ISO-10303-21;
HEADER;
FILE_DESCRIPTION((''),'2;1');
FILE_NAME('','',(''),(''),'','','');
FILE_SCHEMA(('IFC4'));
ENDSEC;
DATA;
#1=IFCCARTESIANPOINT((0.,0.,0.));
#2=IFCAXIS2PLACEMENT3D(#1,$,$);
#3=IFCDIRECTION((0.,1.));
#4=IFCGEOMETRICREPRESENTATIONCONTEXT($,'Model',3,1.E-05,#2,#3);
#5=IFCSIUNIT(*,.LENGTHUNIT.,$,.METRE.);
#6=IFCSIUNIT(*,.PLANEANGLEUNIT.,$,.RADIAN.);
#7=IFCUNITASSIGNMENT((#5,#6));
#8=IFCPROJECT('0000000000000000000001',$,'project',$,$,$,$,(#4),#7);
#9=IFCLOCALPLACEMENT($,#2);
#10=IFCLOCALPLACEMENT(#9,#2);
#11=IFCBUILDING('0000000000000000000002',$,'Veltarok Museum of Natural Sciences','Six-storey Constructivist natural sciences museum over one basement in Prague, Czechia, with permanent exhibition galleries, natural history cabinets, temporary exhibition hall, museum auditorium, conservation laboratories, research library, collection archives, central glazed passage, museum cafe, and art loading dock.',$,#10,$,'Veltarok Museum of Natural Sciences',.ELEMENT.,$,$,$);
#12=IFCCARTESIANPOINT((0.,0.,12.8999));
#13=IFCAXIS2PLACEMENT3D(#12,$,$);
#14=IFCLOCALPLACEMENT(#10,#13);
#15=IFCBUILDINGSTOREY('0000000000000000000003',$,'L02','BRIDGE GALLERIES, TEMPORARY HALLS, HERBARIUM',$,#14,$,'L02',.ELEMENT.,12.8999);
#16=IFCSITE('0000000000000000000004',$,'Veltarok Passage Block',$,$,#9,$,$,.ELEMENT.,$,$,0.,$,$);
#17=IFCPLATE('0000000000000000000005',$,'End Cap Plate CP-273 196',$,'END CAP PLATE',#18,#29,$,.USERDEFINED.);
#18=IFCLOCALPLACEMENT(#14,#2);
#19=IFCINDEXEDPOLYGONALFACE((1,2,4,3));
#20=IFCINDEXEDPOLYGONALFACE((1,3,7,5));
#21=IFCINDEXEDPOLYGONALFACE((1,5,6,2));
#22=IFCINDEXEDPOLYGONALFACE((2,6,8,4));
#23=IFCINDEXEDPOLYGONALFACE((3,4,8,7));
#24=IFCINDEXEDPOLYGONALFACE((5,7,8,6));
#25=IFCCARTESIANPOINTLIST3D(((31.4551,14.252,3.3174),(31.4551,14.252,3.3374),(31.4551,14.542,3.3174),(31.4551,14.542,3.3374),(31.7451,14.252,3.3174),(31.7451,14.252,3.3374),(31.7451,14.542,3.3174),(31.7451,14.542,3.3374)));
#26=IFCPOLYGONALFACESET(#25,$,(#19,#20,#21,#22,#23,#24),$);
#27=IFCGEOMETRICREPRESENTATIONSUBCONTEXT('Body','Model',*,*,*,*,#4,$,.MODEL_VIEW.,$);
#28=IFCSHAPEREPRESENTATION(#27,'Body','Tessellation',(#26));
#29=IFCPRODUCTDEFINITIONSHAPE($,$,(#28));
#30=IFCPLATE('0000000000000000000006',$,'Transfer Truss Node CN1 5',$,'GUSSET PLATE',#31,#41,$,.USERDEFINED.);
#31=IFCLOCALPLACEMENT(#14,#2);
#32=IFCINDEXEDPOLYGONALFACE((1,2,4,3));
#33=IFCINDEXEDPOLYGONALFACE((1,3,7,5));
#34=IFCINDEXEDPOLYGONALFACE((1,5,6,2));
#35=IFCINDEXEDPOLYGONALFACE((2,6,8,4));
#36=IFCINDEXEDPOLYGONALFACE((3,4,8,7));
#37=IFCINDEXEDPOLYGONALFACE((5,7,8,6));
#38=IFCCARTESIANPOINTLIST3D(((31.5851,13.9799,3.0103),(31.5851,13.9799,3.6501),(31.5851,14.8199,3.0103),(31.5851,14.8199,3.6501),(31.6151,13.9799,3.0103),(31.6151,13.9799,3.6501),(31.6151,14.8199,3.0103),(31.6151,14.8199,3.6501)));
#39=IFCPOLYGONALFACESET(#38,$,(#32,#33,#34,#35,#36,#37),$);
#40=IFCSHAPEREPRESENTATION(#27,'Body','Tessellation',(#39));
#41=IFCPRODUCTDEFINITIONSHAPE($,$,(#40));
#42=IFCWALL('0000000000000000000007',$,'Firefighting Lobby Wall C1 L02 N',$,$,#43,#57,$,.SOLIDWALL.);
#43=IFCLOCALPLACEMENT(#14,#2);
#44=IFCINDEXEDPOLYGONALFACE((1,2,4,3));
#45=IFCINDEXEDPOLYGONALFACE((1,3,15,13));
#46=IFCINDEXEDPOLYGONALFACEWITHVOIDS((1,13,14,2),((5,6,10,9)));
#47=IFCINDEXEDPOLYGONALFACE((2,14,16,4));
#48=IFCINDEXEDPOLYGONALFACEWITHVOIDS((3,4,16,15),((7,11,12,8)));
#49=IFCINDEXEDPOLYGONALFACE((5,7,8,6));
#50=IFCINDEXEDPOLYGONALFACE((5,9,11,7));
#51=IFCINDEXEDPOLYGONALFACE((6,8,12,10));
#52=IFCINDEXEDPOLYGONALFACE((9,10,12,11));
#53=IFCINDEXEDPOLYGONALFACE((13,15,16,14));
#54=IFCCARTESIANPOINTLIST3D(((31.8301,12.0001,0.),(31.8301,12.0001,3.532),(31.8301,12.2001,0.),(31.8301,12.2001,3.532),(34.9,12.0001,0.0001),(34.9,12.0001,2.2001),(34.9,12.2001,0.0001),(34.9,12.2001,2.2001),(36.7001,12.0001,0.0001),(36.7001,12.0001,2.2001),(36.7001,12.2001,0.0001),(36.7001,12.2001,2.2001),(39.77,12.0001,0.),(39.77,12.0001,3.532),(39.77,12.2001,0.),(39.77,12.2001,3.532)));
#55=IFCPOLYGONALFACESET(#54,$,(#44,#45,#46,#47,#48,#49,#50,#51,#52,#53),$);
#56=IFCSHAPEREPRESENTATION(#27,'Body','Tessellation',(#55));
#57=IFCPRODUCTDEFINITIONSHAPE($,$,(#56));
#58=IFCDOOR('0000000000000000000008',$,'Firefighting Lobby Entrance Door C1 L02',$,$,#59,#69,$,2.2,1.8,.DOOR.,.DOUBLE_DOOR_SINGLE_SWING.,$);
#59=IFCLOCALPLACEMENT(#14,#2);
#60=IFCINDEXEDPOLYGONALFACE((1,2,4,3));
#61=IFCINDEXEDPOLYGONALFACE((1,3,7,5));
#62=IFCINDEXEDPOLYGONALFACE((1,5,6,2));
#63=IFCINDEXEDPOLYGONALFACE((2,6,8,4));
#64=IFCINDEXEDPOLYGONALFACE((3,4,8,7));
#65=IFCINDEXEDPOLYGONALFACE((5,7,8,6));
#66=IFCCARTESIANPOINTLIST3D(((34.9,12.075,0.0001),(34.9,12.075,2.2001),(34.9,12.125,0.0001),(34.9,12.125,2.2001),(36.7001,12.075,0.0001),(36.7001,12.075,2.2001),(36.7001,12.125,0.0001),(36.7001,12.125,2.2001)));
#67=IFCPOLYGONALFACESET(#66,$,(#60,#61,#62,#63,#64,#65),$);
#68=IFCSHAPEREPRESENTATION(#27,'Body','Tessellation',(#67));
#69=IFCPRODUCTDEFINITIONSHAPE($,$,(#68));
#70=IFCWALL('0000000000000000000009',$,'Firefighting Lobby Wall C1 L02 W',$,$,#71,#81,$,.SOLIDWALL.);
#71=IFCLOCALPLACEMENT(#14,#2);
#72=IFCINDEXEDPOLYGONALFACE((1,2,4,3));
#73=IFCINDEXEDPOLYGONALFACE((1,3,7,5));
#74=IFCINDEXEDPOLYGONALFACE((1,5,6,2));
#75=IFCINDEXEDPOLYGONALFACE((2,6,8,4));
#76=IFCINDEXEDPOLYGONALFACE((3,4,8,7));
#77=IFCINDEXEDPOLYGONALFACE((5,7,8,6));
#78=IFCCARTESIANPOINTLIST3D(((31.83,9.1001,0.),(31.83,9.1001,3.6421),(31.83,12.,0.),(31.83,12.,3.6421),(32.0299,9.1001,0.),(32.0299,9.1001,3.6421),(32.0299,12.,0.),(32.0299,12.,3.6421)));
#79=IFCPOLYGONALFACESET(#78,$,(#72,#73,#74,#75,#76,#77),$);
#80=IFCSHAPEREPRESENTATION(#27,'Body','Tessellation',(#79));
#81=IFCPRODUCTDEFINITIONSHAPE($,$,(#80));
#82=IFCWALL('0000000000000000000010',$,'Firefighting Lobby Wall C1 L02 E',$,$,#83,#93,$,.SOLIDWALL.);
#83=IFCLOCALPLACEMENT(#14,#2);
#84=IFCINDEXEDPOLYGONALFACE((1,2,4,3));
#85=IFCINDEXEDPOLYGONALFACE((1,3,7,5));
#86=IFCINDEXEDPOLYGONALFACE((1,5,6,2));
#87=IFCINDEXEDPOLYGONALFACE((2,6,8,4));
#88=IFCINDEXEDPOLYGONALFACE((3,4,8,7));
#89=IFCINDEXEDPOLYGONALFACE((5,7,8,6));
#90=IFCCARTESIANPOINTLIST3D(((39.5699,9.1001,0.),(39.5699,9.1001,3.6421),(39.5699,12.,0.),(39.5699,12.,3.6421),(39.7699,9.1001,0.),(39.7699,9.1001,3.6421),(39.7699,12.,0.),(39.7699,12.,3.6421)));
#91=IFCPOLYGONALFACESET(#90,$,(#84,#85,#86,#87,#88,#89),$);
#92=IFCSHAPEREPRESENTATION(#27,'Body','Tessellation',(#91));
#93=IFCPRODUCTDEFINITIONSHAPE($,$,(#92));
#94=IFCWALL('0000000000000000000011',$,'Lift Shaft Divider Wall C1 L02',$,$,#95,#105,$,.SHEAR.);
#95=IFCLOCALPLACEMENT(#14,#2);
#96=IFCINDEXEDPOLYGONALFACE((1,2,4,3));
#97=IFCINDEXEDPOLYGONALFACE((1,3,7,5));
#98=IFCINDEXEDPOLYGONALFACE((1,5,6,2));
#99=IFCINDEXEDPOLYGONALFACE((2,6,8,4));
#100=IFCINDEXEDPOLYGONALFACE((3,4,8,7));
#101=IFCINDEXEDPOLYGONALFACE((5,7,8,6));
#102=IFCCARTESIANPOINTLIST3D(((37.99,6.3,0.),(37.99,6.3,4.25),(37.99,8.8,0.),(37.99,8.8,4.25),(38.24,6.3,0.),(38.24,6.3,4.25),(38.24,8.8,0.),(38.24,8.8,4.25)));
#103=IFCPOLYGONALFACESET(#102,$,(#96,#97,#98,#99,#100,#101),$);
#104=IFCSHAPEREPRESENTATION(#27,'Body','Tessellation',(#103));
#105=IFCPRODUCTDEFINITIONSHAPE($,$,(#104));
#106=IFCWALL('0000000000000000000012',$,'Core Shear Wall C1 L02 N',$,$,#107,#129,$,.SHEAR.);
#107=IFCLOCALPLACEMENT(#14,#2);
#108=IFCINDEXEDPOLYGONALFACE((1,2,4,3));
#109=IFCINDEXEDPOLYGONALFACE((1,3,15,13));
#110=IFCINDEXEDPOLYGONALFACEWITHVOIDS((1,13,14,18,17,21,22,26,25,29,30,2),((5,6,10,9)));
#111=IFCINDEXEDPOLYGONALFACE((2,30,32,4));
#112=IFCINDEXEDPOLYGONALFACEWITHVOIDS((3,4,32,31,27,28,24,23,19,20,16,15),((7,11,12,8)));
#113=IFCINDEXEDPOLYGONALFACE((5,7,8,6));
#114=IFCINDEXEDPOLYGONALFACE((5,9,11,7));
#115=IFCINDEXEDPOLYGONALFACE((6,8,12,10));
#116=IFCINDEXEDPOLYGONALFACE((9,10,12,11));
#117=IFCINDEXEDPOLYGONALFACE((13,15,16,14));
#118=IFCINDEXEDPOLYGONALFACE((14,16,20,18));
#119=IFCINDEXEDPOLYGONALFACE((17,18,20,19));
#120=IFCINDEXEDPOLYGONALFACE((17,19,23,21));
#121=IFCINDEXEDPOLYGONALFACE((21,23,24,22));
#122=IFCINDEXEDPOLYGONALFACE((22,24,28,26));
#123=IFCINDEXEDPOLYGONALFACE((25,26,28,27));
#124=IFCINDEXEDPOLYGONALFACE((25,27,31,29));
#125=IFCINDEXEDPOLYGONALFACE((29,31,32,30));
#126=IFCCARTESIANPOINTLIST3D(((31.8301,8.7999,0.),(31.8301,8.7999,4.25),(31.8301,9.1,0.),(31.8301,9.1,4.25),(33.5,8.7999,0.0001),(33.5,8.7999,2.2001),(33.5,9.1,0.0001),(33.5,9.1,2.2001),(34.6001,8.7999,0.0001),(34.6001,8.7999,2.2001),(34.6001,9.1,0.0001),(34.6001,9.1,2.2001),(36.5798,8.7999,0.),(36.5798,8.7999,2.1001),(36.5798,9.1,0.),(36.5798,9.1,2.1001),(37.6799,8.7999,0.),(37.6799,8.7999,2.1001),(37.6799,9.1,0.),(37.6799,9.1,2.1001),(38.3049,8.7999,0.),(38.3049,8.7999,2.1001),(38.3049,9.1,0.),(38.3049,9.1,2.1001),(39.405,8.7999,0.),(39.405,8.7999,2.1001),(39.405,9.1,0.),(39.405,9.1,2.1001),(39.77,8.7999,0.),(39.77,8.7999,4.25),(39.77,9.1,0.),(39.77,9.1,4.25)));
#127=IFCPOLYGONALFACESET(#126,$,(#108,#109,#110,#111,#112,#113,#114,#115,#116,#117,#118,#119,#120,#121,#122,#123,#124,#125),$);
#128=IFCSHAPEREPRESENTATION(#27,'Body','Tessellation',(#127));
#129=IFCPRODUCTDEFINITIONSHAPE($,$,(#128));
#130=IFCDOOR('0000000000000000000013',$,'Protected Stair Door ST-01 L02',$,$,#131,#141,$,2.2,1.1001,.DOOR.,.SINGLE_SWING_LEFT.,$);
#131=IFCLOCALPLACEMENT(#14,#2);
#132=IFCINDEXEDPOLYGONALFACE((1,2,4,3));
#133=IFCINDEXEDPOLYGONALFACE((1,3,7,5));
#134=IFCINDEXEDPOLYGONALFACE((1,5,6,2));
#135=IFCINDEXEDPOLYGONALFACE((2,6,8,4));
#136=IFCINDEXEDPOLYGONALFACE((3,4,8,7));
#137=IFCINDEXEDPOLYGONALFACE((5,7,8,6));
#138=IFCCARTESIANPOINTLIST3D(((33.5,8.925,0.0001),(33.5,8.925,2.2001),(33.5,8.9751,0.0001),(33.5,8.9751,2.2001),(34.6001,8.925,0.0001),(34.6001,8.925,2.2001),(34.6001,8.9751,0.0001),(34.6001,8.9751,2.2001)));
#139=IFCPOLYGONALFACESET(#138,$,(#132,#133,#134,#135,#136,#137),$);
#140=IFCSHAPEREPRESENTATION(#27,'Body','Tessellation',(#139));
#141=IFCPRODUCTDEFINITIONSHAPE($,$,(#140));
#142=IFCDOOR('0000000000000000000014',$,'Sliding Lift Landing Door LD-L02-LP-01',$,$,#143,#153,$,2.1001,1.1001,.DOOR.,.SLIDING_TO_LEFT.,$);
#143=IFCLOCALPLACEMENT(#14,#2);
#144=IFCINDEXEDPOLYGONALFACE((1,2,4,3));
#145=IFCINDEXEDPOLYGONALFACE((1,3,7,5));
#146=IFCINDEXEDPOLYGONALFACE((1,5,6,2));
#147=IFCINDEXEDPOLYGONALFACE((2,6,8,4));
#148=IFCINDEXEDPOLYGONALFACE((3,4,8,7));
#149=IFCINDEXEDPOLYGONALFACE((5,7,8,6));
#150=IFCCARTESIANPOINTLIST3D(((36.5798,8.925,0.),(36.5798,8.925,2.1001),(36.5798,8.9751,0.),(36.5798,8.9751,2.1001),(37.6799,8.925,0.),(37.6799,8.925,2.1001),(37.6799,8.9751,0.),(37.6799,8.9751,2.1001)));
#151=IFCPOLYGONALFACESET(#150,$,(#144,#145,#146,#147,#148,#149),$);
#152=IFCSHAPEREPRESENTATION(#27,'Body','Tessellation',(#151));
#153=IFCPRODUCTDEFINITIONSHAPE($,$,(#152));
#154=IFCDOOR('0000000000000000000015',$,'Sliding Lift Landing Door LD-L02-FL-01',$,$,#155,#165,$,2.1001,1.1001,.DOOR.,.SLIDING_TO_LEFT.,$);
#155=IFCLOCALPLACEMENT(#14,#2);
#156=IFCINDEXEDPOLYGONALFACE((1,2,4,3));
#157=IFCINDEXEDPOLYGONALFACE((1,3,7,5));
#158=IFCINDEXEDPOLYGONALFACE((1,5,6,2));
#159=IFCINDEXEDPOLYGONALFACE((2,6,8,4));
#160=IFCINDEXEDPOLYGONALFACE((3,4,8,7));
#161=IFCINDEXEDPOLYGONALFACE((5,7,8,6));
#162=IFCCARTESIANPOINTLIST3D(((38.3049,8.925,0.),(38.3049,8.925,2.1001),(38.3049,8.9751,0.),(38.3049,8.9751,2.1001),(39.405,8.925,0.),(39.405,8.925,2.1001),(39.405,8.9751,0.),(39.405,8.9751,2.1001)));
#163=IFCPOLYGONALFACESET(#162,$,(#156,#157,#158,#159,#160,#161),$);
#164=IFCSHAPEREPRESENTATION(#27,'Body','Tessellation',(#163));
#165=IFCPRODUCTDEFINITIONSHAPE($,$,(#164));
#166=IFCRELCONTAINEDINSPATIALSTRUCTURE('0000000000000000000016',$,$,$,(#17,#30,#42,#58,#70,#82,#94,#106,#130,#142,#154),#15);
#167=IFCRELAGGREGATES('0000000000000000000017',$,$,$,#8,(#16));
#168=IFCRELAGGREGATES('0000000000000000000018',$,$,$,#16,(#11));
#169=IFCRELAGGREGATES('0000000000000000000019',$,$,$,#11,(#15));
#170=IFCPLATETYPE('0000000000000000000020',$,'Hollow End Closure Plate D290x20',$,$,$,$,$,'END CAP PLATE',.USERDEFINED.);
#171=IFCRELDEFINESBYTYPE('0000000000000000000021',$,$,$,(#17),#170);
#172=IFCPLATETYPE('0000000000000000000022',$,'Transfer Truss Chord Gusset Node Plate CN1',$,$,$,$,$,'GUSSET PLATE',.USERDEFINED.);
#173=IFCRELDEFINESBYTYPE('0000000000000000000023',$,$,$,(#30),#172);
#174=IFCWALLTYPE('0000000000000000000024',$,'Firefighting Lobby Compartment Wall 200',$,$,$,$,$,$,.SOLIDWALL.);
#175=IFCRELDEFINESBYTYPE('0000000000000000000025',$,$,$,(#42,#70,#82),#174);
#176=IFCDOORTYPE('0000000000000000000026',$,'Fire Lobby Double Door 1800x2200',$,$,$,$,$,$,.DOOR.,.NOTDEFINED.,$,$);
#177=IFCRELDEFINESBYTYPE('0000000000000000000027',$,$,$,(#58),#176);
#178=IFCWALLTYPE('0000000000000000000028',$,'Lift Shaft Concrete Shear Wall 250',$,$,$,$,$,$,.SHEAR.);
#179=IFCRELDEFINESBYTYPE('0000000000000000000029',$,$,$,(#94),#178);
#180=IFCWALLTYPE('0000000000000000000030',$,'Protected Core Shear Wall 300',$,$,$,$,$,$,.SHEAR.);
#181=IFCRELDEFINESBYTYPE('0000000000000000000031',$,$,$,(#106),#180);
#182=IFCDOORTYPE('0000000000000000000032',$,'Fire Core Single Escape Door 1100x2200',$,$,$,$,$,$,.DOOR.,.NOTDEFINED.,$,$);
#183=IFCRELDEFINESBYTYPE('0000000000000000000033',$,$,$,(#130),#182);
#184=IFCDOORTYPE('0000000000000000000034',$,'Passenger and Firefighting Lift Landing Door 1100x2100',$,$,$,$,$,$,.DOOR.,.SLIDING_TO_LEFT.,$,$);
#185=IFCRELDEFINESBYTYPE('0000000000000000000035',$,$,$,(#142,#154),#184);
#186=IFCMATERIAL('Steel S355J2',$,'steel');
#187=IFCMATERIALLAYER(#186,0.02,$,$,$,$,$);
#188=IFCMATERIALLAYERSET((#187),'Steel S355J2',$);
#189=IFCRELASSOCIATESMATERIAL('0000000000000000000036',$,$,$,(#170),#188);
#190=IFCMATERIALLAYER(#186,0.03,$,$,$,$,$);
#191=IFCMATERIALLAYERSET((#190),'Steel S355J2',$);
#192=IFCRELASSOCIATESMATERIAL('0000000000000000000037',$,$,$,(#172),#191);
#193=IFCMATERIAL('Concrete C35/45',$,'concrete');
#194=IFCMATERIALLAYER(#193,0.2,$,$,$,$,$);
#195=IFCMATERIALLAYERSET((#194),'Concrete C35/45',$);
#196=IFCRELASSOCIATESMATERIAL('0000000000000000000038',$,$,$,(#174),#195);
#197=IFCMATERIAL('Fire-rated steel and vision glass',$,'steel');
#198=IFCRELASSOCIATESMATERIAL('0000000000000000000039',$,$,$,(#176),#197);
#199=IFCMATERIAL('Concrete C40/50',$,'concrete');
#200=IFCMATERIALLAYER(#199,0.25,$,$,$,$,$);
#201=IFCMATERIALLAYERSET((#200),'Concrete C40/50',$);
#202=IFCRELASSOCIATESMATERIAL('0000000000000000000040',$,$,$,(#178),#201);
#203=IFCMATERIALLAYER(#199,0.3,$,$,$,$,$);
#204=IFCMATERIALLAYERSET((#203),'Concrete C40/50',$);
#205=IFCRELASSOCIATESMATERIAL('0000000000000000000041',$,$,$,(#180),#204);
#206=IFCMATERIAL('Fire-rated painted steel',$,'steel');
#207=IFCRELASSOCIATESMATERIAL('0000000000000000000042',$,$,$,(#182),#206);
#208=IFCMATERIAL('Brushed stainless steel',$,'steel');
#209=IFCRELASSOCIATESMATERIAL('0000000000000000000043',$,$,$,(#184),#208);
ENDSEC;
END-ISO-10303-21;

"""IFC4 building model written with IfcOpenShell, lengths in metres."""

from ifc_helpers import new_model, si_unit, direction, frame, frame_2d, origin, origin_2d, place, context, subcontext, project, spatial, rectangle, extrude, material, layer, layer_set, type_object, element, fill, save


model = new_model("IFC4")

# Units and contexts
model_context = context("Model", 3, precision=1e-05, world=origin(), true_north=direction((0.0, 1.0)))
body_context = subcontext(model_context, "Body", "Model", "MODEL_VIEW")
ifc_project = project(units=[si_unit("LENGTHUNIT", "METRE"), si_unit("PLANEANGLEUNIT", "RADIAN")], contexts=[model_context])

# Site, building, storey
site_placement = place(None, origin())
site = spatial("IfcSite", under=ifc_project, at=site_placement, Name="Veltarok Passage Block", CompositionType="ELEMENT", RefElevation=0.0)
building_placement = place(site_placement, origin())
building = spatial("IfcBuilding", under=site, at=building_placement, Name="Veltarok Museum of Natural Sciences", Description="Six-storey Constructivist natural sciences museum over one basement in Prague, Czechia, with permanent exhibition galleries, natural history cabinets, temporary exhibition hall, museum auditorium, conservation laboratories, research library, collection archives, central glazed passage, museum cafe, and art loading dock.", LongName="Veltarok Museum of Natural Sciences", CompositionType="ELEMENT")
storey_placement = place(building_placement, frame((0.0, 0.0, 12.8999)))
storey = spatial("IfcBuildingStorey", under=building, at=storey_placement, Name="L02", Description="BRIDGE GALLERIES, TEMPORARY HALLS, HERBARIUM", LongName="L02", CompositionType="ELEMENT", Elevation=12.8999)

# Shared definitions
ifc_material_1 = material(Name="Steel S355J2", Category="steel")

# Plates
ifc_layer_1 = layer(ifc_material_1, 0.02)
ifc_layer_set_1 = layer_set([ifc_layer_1], Name="Steel S355J2")
plate_type_1 = type_object("IfcPlateType", Name="Hollow End Closure Plate D290x20", ElementType="END CAP PLATE", PredefinedType="USERDEFINED", material=ifc_layer_set_1)
plate_1_placement = place(storey_placement, frame((31.6001, 14.397, 3.3174), z_axis=(0.0, 0.0, 1.0), x_axis=(0.0, 1.0, 0.0)))
element("IfcPlate", 1, at=plate_1_placement, inside=storey, type_object=plate_type_1, Name="End Cap Plate CP-273 196", ObjectType="END CAP PLATE", PredefinedType="USERDEFINED", context=body_context, shape_type="SweptSolid", body=[
    extrude(rectangle(XDim=0.29, YDim=0.29, at=origin_2d()), origin(), (0.0, 0.0, 1.0), 0.02),
])
ifc_layer_2 = layer(ifc_material_1, 0.03)
ifc_layer_set_2 = layer_set([ifc_layer_2], Name="Steel S355J2")
plate_type_2 = type_object("IfcPlateType", Name="Transfer Truss Chord Gusset Node Plate CN1", ElementType="GUSSET PLATE", PredefinedType="USERDEFINED", material=ifc_layer_set_2)
plate_2_placement = place(storey_placement, frame((31.6001, 14.3999, 3.0103), z_axis=(0.0, 0.0, 1.0), x_axis=(1.0, 0.0, 0.0)))
element("IfcPlate", 2, at=plate_2_placement, inside=storey, type_object=plate_type_2, Name="Transfer Truss Node CN1 5", ObjectType="GUSSET PLATE", PredefinedType="USERDEFINED", context=body_context, shape_type="SweptSolid", body=[
    extrude(rectangle(XDim=0.03, YDim=0.8401, at=origin_2d()), origin(), (0.0, 0.0, 1.0), 0.6399),
])

# Wall, opening, door
ifc_material_2 = material(Name="Concrete C35/45", Category="concrete")
ifc_layer_3 = layer(ifc_material_2, 0.2)
ifc_layer_set_3 = layer_set([ifc_layer_3], Name="Concrete C35/45")
wall_type_1 = type_object("IfcWallType", Name="Firefighting Lobby Compartment Wall 200", PredefinedType="SOLIDWALL", material=ifc_layer_set_3)
wall_1_placement = place(storey_placement, frame((31.8301, 12.1001, 0.0), z_axis=(0.0, 0.0, 1.0), x_axis=(1.0, 0.0, 0.0)))
wall_1 = element("IfcWall", 3, at=wall_1_placement, inside=storey, type_object=wall_type_1, Name="Firefighting Lobby Wall C1 L02 N", PredefinedType="SOLIDWALL", context=body_context, shape_type="SweptSolid", body=[
    extrude(rectangle(XDim=7.9399, YDim=0.2, at=frame_2d((3.97, 0.0))), origin(), (0.0, 0.0, 1.0), 3.532),
])
opening_1_placement = place(wall_1_placement, frame((3.0701, 0.0, 0.0)))
opening_1 = element("IfcOpeningElement", 4, at=opening_1_placement, cuts=wall_1, PredefinedType="OPENING", context=body_context, shape_type="SweptSolid", body=[
    extrude(rectangle(XDim=1.8, YDim=2.2, at=frame_2d((0.8999, 1.1001))), frame((0.0, 0.1099, 0.0), z_axis=(0.0, -1.0, 0.0), x_axis=(1.0, 0.0, 0.0)), (0.0, 0.0, 1.0), 0.22),
])
ifc_material_3 = material(Name="Fire-rated steel and vision glass", Category="steel")
door_type_1 = type_object("IfcDoorType", Name="Fire Lobby Double Door 1800x2200", OperationType="NOTDEFINED", PredefinedType="DOOR", material=ifc_material_3)
door_1_placement = place(opening_1_placement, origin())
door_1 = element("IfcDoor", 5, at=door_1_placement, inside=storey, type_object=door_type_1, Name="Firefighting Lobby Entrance Door C1 L02", OperationType="DOUBLE_DOOR_SINGLE_SWING", OverallHeight=2.2, OverallWidth=1.8, PredefinedType="DOOR", context=body_context, shape_type="SweptSolid", body=[
    extrude(rectangle(XDim=1.8, YDim=2.2, at=frame_2d((0.8999, 1.1001))), frame((0.0, 0.0249, 0.0), z_axis=(0.0, -1.0, 0.0), x_axis=(1.0, 0.0, 0.0)), (0.0, 0.0, 1.0), 0.05),
])
fill(opening_1, door_1)

# Walls
for number, where, z_axis, x_axis, name in (
    (6, (31.9299, 9.1001, 0.0), (0.0, 0.0, 1.0), (0.0, 1.0, 0.0), "Firefighting Lobby Wall C1 L02 W"),
    (7, (39.6699, 12.0, 0.0), (0.0, 0.0, 1.0), (0.0, -1.0, 0.0), "Firefighting Lobby Wall C1 L02 E"),
):
    element("IfcWall", number, at=place(storey_placement, frame(where, z_axis=z_axis, x_axis=x_axis)), inside=storey, type_object=wall_type_1, Name=name, PredefinedType="SOLIDWALL", context=body_context, shape_type="SweptSolid", body=[
        extrude(rectangle(XDim=2.8999, YDim=0.2, at=frame_2d((1.45, 0.0))), origin(), (0.0, 0.0, 1.0), 3.6421),
    ])
ifc_material_4 = material(Name="Concrete C40/50", Category="concrete")
ifc_layer_4 = layer(ifc_material_4, 0.25)
ifc_layer_set_4 = layer_set([ifc_layer_4], Name="Concrete C40/50")
wall_type_2 = type_object("IfcWallType", Name="Lift Shaft Concrete Shear Wall 250", PredefinedType="SHEAR", material=ifc_layer_set_4)
wall_2_placement = place(storey_placement, frame((38.115, 6.3, 0.0), z_axis=(0.0, 0.0, 1.0), x_axis=(0.0, 1.0, 0.0)))
element("IfcWall", 8, at=wall_2_placement, inside=storey, type_object=wall_type_2, Name="Lift Shaft Divider Wall C1 L02", PredefinedType="SHEAR", context=body_context, shape_type="SweptSolid", body=[
    extrude(rectangle(XDim=2.5, YDim=0.25, at=frame_2d((1.25, 0.0))), origin(), (0.0, 0.0, 1.0), 4.25),
])

# Wall, openings, doors
ifc_layer_5 = layer(ifc_material_4, 0.3)
ifc_layer_set_5 = layer_set([ifc_layer_5], Name="Concrete C40/50")
wall_type_3 = type_object("IfcWallType", Name="Protected Core Shear Wall 300", PredefinedType="SHEAR", material=ifc_layer_set_5)
wall_3_placement = place(storey_placement, frame((39.77, 8.95, 0.0), z_axis=(0.0, 0.0, 1.0), x_axis=(-1.0, 0.0, 0.0)))
wall_3 = element("IfcWall", 9, at=wall_3_placement, inside=storey, type_object=wall_type_3, Name="Core Shear Wall C1 L02 N", PredefinedType="SHEAR", context=body_context, shape_type="SweptSolid", body=[
    extrude(rectangle(XDim=7.9399, YDim=0.3, at=frame_2d((3.97, 0.0))), origin(), (0.0, 0.0, 1.0), 4.25),
])
opening_2_placement = place(wall_3_placement, frame((5.1699, 0.0, 0.0)))
opening_2 = element("IfcOpeningElement", 10, at=opening_2_placement, cuts=wall_3, PredefinedType="OPENING", context=body_context, shape_type="SweptSolid", body=[
    extrude(rectangle(XDim=1.1001, YDim=2.2, at=frame_2d((0.55, 1.1001))), frame((0.0, 0.1602, 0.0), z_axis=(0.0, -1.0, 0.0), x_axis=(1.0, 0.0, 0.0)), (0.0, 0.0, 1.0), 0.3201),
])
opening_3_placement = place(wall_3_placement, frame((2.0901, 0.0, 0.0)))
opening_3 = element("IfcOpeningElement", 11, at=opening_3_placement, cuts=wall_3, PredefinedType="OPENING", context=body_context, shape_type="SweptSolid", body=[
    extrude(rectangle(XDim=1.1001, YDim=2.1001, at=frame_2d((0.55, 1.05))), frame((0.0, 0.1602, 0.0), z_axis=(0.0, -1.0, 0.0), x_axis=(1.0, 0.0, 0.0)), (0.0, 0.0, 1.0), 0.3201),
])
opening_4_placement = place(wall_3_placement, frame((0.365, 0.0, 0.0)))
opening_4 = element("IfcOpeningElement", 12, at=opening_4_placement, cuts=wall_3, PredefinedType="OPENING", context=body_context, shape_type="SweptSolid", body=[
    extrude(rectangle(XDim=1.1001, YDim=2.1001, at=frame_2d((0.55, 1.05))), frame((0.0, 0.1602, 0.0), z_axis=(0.0, -1.0, 0.0), x_axis=(1.0, 0.0, 0.0)), (0.0, 0.0, 1.0), 0.3201),
])
ifc_material_5 = material(Name="Fire-rated painted steel", Category="steel")
door_type_2 = type_object("IfcDoorType", Name="Fire Core Single Escape Door 1100x2200", OperationType="NOTDEFINED", PredefinedType="DOOR", material=ifc_material_5)
door_2_placement = place(opening_2_placement, origin())
door_2 = element("IfcDoor", 13, at=door_2_placement, inside=storey, type_object=door_type_2, Name="Protected Stair Door ST-01 L02", OperationType="SINGLE_SWING_LEFT", OverallHeight=2.2, OverallWidth=1.1001, PredefinedType="DOOR", context=body_context, shape_type="SweptSolid", body=[
    extrude(rectangle(XDim=1.1001, YDim=2.2, at=frame_2d((0.55, 1.1001))), frame((0.0, 0.0249, 0.0), z_axis=(0.0, -1.0, 0.0), x_axis=(1.0, 0.0, 0.0)), (0.0, 0.0, 1.0), 0.05),
])
fill(opening_2, door_2)
ifc_material_6 = material(Name="Brushed stainless steel", Category="steel")
door_type_3 = type_object("IfcDoorType", Name="Passenger and Firefighting Lift Landing Door 1100x2100", OperationType="SLIDING_TO_LEFT", PredefinedType="DOOR", material=ifc_material_6)
door_3_placement = place(opening_3_placement, origin())
door_3 = element("IfcDoor", 14, at=door_3_placement, inside=storey, type_object=door_type_3, Name="Sliding Lift Landing Door LD-L02-LP-01", OperationType="SLIDING_TO_LEFT", OverallHeight=2.1001, OverallWidth=1.1001, PredefinedType="DOOR", context=body_context, shape_type="SweptSolid", body=[
    extrude(rectangle(XDim=1.1001, YDim=2.1001, at=frame_2d((0.55, 1.05))), frame((0.0, 0.0249, 0.0), z_axis=(0.0, -1.0, 0.0), x_axis=(1.0, 0.0, 0.0)), (0.0, 0.0, 1.0), 0.05),
])
fill(opening_3, door_3)
door_4_placement = place(opening_4_placement, origin())
door_4 = element("IfcDoor", 15, at=door_4_placement, inside=storey, type_object=door_type_3, Name="Sliding Lift Landing Door LD-L02-FL-01", OperationType="SLIDING_TO_LEFT", OverallHeight=2.1001, OverallWidth=1.1001, PredefinedType="DOOR", context=body_context, shape_type="SweptSolid", body=[
    extrude(rectangle(XDim=1.1001, YDim=2.1001, at=frame_2d((0.55, 1.05))), frame((0.0, 0.0249, 0.0), z_axis=(0.0, -1.0, 0.0), x_axis=(1.0, 0.0, 0.0)), (0.0, 0.0, 1.0), 0.05),
])
fill(opening_4, door_4)

save(model, "model.ifc")
